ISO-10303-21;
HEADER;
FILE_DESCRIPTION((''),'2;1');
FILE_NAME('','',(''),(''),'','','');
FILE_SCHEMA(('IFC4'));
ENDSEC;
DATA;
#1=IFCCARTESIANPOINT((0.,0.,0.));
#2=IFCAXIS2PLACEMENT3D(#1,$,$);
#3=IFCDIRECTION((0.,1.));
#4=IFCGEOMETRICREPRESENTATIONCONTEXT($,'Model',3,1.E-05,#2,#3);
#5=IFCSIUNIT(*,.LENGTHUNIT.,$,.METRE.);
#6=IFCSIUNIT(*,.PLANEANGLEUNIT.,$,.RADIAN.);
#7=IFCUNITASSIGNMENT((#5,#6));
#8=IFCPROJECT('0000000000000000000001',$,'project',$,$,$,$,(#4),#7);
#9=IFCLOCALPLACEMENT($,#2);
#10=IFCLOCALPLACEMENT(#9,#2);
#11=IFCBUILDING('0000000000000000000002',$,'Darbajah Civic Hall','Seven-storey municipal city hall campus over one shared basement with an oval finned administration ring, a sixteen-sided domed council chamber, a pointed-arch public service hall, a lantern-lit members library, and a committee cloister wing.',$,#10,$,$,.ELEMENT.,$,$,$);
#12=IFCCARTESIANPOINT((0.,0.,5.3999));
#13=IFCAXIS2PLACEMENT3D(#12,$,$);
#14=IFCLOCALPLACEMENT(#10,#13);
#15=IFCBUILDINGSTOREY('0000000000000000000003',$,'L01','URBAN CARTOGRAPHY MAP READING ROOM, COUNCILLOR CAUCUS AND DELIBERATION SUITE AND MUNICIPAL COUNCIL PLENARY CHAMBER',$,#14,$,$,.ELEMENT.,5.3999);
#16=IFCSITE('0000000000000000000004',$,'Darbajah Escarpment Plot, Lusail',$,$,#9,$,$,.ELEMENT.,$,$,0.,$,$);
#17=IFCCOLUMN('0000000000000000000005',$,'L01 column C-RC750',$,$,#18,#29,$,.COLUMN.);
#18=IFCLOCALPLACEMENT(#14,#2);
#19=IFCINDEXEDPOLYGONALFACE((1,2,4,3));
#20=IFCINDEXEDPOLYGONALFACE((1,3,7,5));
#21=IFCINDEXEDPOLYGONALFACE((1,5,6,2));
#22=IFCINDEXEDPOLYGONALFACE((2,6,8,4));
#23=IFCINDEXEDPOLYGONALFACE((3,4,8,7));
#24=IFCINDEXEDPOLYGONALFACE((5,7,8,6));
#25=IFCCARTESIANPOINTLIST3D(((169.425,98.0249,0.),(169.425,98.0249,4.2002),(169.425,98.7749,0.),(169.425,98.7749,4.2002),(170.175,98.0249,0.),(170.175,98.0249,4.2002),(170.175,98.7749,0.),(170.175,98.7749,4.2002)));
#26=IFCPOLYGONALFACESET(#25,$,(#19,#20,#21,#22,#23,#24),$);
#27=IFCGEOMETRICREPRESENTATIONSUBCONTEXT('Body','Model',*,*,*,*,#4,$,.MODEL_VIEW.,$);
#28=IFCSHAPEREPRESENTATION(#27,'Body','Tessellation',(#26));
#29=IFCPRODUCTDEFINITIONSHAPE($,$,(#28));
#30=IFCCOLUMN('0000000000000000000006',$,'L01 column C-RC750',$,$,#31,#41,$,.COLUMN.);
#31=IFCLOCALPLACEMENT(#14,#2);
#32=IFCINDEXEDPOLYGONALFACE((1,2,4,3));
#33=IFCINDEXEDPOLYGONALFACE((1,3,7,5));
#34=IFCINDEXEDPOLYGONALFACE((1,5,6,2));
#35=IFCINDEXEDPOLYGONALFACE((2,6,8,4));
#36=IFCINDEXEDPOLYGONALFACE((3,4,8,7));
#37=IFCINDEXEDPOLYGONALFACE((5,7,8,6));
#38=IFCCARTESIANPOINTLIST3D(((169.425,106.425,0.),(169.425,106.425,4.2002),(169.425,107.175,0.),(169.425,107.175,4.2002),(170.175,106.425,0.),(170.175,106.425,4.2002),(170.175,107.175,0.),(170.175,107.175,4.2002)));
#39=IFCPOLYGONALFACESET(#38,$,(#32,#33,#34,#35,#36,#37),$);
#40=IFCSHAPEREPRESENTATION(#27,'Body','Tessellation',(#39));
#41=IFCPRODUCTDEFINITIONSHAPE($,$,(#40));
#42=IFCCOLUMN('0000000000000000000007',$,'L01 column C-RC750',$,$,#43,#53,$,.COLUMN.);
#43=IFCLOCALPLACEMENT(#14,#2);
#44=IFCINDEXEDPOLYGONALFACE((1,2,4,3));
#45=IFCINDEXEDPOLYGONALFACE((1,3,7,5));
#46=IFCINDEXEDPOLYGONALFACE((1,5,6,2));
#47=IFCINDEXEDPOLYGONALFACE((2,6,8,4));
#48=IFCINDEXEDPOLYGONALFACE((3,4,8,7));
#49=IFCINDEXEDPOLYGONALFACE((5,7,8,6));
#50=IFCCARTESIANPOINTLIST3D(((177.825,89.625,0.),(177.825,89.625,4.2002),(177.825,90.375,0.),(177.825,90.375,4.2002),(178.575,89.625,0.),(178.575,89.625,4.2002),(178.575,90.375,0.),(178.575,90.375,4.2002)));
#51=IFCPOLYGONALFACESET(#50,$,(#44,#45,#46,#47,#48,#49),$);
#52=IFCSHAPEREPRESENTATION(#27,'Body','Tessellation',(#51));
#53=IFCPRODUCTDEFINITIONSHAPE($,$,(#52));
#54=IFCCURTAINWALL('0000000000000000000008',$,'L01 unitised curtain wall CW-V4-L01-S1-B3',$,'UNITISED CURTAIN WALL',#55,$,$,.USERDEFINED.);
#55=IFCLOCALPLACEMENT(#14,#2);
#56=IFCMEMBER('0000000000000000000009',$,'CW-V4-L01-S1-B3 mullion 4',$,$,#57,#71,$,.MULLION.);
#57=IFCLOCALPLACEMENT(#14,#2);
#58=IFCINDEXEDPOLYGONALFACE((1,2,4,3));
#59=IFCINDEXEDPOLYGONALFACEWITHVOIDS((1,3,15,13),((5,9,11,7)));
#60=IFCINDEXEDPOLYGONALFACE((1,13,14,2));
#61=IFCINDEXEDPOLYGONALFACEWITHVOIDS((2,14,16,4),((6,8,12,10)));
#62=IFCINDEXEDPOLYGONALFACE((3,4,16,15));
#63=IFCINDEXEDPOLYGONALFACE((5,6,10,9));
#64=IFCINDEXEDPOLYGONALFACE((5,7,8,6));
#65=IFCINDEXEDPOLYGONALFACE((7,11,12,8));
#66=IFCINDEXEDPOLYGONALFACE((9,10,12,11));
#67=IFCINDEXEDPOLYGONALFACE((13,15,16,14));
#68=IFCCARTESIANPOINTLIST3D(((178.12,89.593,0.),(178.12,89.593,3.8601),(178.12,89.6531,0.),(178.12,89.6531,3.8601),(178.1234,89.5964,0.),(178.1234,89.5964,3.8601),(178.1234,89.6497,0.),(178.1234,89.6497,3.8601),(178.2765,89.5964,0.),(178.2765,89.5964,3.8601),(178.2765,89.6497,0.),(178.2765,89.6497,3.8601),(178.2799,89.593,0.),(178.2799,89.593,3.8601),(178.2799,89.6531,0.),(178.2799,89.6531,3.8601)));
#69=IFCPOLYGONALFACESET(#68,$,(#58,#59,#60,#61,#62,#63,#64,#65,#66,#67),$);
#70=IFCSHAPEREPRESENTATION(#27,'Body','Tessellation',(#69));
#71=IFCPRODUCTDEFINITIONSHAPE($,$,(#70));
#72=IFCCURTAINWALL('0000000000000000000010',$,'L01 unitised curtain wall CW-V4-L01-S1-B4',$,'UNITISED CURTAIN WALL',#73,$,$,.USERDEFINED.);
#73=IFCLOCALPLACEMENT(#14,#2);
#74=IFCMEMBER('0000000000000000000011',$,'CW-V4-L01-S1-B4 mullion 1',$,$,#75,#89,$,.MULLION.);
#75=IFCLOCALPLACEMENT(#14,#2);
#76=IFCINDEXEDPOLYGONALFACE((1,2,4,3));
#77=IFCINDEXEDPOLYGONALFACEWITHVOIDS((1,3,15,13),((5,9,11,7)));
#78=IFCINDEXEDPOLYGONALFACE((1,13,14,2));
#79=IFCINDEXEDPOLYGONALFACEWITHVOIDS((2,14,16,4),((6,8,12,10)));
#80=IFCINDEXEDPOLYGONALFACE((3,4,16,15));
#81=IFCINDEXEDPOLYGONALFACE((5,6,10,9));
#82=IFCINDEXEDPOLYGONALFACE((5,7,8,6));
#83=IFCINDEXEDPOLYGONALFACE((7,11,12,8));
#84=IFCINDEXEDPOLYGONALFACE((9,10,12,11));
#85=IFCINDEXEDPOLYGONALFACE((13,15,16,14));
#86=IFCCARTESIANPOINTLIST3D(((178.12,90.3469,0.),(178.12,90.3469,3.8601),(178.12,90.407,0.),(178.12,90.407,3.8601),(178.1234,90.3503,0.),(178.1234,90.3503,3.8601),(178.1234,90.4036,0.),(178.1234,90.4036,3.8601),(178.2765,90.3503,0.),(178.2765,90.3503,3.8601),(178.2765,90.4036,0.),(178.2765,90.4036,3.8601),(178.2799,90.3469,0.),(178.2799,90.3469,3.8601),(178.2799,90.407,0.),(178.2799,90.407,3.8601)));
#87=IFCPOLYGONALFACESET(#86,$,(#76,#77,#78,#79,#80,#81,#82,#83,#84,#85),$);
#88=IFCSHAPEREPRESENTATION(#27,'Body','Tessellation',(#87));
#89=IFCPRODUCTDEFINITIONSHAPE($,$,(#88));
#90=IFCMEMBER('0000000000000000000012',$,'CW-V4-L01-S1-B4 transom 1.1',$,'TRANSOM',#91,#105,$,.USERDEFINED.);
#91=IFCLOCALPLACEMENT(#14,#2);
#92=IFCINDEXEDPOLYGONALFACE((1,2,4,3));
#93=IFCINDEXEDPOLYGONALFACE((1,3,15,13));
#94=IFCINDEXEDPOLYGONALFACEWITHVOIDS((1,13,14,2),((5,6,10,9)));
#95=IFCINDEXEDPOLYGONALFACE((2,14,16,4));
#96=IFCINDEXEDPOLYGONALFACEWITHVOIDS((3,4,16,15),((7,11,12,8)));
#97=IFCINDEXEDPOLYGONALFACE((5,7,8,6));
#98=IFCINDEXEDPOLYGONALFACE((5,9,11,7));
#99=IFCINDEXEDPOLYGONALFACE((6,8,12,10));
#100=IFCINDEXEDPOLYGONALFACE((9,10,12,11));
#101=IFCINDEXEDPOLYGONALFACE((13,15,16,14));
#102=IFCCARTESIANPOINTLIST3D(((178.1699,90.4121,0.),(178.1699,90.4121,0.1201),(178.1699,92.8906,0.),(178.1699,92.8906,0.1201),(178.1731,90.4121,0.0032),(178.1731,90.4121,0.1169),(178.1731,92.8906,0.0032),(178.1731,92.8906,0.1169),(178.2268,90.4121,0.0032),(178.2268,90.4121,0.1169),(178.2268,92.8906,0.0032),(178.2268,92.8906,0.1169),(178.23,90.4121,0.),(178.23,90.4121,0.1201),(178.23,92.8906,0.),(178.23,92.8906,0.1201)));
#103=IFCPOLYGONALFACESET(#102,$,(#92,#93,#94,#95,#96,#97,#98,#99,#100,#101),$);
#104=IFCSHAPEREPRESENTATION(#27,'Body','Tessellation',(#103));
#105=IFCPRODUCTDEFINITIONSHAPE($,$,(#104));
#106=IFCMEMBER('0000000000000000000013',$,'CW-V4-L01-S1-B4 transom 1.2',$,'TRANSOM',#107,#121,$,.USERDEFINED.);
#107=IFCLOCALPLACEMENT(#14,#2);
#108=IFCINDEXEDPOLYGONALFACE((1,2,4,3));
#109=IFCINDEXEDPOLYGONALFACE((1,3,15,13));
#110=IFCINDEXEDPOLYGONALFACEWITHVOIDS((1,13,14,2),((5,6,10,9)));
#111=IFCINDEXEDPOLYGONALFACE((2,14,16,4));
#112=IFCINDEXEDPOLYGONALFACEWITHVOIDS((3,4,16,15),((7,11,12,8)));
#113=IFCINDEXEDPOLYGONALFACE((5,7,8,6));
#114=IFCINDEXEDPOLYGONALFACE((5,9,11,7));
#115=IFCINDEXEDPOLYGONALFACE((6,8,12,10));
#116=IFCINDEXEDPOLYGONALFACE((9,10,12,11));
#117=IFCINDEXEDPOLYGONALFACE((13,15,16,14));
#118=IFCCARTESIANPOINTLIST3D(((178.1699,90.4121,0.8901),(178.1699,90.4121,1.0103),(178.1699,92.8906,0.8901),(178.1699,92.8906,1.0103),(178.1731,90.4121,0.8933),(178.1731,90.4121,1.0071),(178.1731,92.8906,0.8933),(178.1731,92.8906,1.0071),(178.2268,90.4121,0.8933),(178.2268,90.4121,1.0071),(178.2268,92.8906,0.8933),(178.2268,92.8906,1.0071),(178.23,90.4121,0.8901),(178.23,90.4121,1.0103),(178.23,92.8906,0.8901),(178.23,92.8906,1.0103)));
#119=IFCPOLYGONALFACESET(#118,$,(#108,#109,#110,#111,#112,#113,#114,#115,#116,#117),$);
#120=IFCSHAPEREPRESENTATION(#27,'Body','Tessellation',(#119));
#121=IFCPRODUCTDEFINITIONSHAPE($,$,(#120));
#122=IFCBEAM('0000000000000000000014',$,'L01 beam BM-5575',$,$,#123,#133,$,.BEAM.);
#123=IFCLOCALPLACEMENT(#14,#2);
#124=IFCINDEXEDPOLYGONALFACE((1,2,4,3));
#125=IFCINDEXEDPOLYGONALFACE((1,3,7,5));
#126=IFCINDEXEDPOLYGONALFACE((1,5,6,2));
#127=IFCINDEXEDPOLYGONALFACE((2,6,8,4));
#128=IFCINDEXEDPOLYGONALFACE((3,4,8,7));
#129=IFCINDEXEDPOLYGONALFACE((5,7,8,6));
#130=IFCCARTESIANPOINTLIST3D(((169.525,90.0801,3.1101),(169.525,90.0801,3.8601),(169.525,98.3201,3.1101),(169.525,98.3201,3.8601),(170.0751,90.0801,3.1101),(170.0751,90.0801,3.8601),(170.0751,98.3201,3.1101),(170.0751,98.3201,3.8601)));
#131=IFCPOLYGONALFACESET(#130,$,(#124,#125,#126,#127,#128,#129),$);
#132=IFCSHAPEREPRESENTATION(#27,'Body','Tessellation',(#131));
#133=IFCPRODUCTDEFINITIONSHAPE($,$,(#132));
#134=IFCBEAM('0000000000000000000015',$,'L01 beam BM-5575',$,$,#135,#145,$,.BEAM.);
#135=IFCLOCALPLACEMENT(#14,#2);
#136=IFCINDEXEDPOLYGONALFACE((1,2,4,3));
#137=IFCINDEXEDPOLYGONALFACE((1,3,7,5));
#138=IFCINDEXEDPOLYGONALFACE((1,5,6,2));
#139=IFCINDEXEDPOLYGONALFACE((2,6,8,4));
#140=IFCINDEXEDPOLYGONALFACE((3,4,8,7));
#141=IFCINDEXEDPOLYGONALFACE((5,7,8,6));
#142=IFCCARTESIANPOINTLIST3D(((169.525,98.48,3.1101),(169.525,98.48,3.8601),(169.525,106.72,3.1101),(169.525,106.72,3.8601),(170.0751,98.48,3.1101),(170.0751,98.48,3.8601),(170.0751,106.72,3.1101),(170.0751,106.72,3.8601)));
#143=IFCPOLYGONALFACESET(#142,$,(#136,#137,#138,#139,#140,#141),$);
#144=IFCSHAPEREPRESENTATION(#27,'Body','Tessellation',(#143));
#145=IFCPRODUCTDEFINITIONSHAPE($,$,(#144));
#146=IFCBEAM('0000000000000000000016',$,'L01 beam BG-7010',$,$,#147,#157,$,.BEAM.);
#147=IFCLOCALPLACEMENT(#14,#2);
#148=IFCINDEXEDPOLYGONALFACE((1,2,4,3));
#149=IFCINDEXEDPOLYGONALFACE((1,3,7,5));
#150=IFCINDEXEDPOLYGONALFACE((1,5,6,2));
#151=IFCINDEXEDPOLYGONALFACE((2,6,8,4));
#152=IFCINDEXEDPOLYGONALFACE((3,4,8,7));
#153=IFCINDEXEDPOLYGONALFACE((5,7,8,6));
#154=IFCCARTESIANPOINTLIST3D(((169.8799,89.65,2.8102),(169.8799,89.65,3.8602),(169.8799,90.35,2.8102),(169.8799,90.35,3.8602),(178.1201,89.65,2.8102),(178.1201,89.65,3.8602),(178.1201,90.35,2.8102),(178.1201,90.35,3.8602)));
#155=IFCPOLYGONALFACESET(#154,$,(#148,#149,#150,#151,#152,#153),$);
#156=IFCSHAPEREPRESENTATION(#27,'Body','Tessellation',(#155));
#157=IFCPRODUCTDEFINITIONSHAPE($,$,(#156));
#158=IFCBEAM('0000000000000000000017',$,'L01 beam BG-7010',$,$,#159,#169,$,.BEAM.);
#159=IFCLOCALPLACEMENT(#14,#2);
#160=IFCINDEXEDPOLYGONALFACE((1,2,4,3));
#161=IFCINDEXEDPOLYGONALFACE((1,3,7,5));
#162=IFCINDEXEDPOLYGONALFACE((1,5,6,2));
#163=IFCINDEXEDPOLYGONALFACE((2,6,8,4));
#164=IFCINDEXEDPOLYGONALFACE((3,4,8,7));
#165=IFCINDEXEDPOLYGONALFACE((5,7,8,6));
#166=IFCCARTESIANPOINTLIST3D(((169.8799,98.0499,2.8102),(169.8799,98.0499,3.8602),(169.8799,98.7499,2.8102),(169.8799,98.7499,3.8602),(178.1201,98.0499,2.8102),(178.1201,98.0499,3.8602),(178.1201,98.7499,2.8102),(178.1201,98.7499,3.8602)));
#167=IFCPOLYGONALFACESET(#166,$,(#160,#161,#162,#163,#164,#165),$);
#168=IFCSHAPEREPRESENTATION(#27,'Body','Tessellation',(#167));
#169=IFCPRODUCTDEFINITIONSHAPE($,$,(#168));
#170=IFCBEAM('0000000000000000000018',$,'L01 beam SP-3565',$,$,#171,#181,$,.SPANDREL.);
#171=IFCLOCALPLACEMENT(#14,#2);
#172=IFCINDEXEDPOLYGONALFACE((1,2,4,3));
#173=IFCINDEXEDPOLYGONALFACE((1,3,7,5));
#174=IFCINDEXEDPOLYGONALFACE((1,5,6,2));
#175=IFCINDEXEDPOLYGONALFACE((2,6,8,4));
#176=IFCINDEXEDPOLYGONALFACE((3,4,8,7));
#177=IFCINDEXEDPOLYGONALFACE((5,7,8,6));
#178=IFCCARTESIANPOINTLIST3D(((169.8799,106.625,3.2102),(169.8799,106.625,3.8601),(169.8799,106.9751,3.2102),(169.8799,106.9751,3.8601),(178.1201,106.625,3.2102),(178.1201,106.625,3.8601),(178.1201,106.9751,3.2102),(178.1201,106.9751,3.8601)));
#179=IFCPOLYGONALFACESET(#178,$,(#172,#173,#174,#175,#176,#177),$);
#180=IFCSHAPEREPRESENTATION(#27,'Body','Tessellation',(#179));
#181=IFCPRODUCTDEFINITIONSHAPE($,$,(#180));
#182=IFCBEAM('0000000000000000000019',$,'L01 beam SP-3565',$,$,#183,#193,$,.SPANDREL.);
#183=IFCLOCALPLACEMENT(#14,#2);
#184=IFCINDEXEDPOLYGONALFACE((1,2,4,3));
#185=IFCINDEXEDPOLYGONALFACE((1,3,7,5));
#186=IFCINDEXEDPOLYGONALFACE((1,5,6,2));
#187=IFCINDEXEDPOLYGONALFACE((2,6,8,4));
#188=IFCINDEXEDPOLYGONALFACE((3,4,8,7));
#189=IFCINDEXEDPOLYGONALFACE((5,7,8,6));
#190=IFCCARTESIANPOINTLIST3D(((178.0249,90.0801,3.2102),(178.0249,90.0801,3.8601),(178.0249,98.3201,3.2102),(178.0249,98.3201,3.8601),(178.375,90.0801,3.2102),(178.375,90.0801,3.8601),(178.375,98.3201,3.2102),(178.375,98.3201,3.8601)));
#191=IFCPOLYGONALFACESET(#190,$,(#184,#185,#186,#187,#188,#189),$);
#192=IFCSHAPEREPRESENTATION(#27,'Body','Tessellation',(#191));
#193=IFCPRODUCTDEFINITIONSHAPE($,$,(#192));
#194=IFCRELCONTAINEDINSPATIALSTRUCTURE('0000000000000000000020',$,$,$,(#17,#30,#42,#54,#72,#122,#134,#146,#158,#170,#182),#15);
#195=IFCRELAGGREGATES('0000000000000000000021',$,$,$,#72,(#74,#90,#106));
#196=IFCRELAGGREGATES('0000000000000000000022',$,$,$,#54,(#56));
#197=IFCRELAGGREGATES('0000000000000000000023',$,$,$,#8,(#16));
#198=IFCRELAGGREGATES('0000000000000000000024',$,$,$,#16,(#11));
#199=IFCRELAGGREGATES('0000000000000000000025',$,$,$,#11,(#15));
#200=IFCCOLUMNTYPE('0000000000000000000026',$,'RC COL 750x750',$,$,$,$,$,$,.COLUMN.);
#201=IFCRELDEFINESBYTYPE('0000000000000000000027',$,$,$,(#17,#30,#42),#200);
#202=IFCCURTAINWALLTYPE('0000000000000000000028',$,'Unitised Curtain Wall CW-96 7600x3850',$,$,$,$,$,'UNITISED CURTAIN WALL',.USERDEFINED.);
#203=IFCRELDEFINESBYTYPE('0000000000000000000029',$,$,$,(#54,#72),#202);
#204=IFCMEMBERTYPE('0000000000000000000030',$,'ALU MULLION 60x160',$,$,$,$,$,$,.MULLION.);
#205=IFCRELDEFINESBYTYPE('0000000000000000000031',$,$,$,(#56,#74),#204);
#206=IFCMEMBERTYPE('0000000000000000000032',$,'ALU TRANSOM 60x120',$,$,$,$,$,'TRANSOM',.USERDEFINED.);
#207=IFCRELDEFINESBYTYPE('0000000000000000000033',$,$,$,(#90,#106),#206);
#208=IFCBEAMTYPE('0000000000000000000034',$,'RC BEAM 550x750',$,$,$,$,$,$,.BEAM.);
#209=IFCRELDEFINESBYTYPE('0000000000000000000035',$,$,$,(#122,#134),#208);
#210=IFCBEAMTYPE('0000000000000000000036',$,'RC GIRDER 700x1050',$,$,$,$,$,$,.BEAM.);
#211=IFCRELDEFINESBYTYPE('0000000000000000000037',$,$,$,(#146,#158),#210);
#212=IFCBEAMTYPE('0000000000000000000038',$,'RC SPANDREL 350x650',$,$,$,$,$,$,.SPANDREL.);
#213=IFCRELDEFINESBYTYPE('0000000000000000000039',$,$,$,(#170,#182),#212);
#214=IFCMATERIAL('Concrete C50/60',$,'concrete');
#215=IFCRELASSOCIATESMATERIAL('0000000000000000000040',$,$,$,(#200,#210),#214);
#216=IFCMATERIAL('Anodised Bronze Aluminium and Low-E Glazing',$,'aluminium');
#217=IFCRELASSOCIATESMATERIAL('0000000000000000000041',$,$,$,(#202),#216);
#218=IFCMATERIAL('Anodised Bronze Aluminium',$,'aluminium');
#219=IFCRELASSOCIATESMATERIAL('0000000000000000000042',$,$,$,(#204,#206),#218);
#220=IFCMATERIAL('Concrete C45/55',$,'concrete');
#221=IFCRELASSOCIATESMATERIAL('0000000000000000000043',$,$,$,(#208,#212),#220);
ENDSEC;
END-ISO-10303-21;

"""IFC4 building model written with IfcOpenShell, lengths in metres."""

from ifc_helpers import new_model, si_unit, direction, frame, origin, origin_2d, place, context, subcontext, project, spatial, rectangle, hollow_rectangle, extrude, material, material_profile, profile_set, type_object, element, aggregate, save


model = new_model("IFC4")

# Units and contexts
model_context = context("Model", 3, precision=1e-05, world=origin(), true_north=direction((0.0, 1.0)))
body_context = subcontext(model_context, "Body", "Model", "MODEL_VIEW")
ifc_project = project(units=[si_unit("LENGTHUNIT", "METRE"), si_unit("PLANEANGLEUNIT", "RADIAN")], contexts=[model_context])

# Site, building, storey
site_placement = place(None, origin())
site = spatial("IfcSite", under=ifc_project, at=site_placement, Name="Darbajah Escarpment Plot, Lusail", CompositionType="ELEMENT", RefElevation=0.0)
building_placement = place(site_placement, origin())
building = spatial("IfcBuilding", under=site, at=building_placement, Name="Darbajah Civic Hall", Description="Seven-storey municipal city hall campus over one shared basement with an oval finned administration ring, a sixteen-sided domed council chamber, a pointed-arch public service hall, a lantern-lit members library, and a committee cloister wing.", CompositionType="ELEMENT")
storey_placement = place(building_placement, frame((0.0, 0.0, 5.3999)))
storey = spatial("IfcBuildingStorey", under=building, at=storey_placement, Name="L01", Description="URBAN CARTOGRAPHY MAP READING ROOM, COUNCILLOR CAUCUS AND DELIBERATION SUITE AND MUNICIPAL COUNCIL PLENARY CHAMBER", CompositionType="ELEMENT", Elevation=5.3999)

# Columns
ifc_material_1 = material(Name="Concrete C50/60", Category="concrete")
ifc_material_profile_1 = material_profile(ifc_material_1, rectangle(XDim=0.75, YDim=0.75, at=origin_2d()), Name="RC COL 750x750")
ifc_profile_set_1 = profile_set([ifc_material_profile_1], Name="Concrete C50/60")
column_type = type_object("IfcColumnType", Name="RC COL 750x750", PredefinedType="COLUMN", material=ifc_profile_set_1)
for number, where, z_axis, x_axis, name in (
    (1, (169.8, 98.3999, 0.0), (0.0, 0.0, 1.0), (1.0, 0.0, 0.0), "L01 column C-RC750"),
    (2, (169.8, 106.8, 0.0), (0.0, 0.0, 1.0), (1.0, 0.0, 0.0), "L01 column C-RC750"),
    (3, (178.2, 90.0, 0.0), (0.0, 0.0, 1.0), (1.0, 0.0, 0.0), "L01 column C-RC750"),
):
    element("IfcColumn", number, at=place(storey_placement, frame(where, z_axis=z_axis, x_axis=x_axis)), inside=storey, type_object=column_type, Name=name, PredefinedType="COLUMN", context=body_context, shape_type="SweptSolid", body=[
        extrude(rectangle(XDim=0.75, YDim=0.75, at=origin_2d()), origin(), (0.0, 0.0, 1.0), 4.2002),
    ])

# Curtain wall, member
ifc_material_2 = material(Name="Anodised Bronze Aluminium and Low-E Glazing", Category="aluminium")
curtain_wall_type = type_object("IfcCurtainWallType", Name="Unitised Curtain Wall CW-96 7600x3850", ElementType="UNITISED CURTAIN WALL", PredefinedType="USERDEFINED", material=ifc_material_2)
curtain_wall_1_placement = place(storey_placement, origin())
curtain_wall_1 = element("IfcCurtainWall", 4, at=curtain_wall_1_placement, inside=storey, type_object=curtain_wall_type, Name="L01 unitised curtain wall CW-V4-L01-S1-B3", ObjectType="UNITISED CURTAIN WALL", PredefinedType="USERDEFINED")
ifc_material_3 = material(Name="Anodised Bronze Aluminium", Category="aluminium")
ifc_material_profile_2 = material_profile(ifc_material_3, hollow_rectangle(XDim=0.0601, YDim=0.1599, WallThickness=0.0034, at=origin_2d()), Name="ALU MULLION 60x160")
ifc_profile_set_2 = profile_set([ifc_material_profile_2], Name="Anodised Bronze Aluminium")
member_type_1 = type_object("IfcMemberType", Name="ALU MULLION 60x160", PredefinedType="MULLION", material=ifc_profile_set_2)
member_1_placement = place(storey_placement, frame((178.2, 89.623, 0.0), z_axis=(0.0, 0.0, 1.0), x_axis=(0.0, 1.0, 0.0)))
member_1 = element("IfcMember", 5, at=member_1_placement, type_object=member_type_1, Name="CW-V4-L01-S1-B3 mullion 4", PredefinedType="MULLION", context=body_context, shape_type="SweptSolid", body=[
    extrude(hollow_rectangle(XDim=0.0601, YDim=0.1599, WallThickness=0.0034, at=origin_2d()), origin(), (0.0, 0.0, 1.0), 3.8601),
])

# Curtain wall, members
curtain_wall_2_placement = place(storey_placement, origin())
curtain_wall_2 = element("IfcCurtainWall", 6, at=curtain_wall_2_placement, inside=storey, type_object=curtain_wall_type, Name="L01 unitised curtain wall CW-V4-L01-S1-B4", ObjectType="UNITISED CURTAIN WALL", PredefinedType="USERDEFINED")
member_2_placement = place(storey_placement, frame((178.2, 90.377, 0.0), z_axis=(0.0, 0.0, 1.0), x_axis=(0.0, 1.0, 0.0)))
member_2 = element("IfcMember", 7, at=member_2_placement, type_object=member_type_1, Name="CW-V4-L01-S1-B4 mullion 1", PredefinedType="MULLION", context=body_context, shape_type="SweptSolid", body=[
    extrude(hollow_rectangle(XDim=0.0601, YDim=0.1599, WallThickness=0.0034, at=origin_2d()), origin(), (0.0, 0.0, 1.0), 3.8601),
])
ifc_material_profile_3 = material_profile(ifc_material_3, hollow_rectangle(XDim=0.0601, YDim=0.1201, WallThickness=0.0032, at=origin_2d()), Name="ALU TRANSOM 60x120")
ifc_profile_set_3 = profile_set([ifc_material_profile_3], Name="Anodised Bronze Aluminium")
member_type_2 = type_object("IfcMemberType", Name="ALU TRANSOM 60x120", ElementType="TRANSOM", PredefinedType="USERDEFINED", material=ifc_profile_set_3)
member_3_placement = place(storey_placement, frame((178.2, 90.4121, 0.0601), z_axis=(0.0, 1.0, 0.0), x_axis=(-1.0, 0.0, 0.0)))
member_3 = element("IfcMember", 8, at=member_3_placement, type_object=member_type_2, Name="CW-V4-L01-S1-B4 transom 1.1", ObjectType="TRANSOM", PredefinedType="USERDEFINED", context=body_context, shape_type="SweptSolid", body=[
    extrude(hollow_rectangle(XDim=0.0601, YDim=0.1201, WallThickness=0.0032, at=origin_2d()), origin(), (0.0, 0.0, 1.0), 2.4785),
])
member_4_placement = place(storey_placement, frame((178.2, 90.4121, 0.9502), z_axis=(0.0, 1.0, 0.0), x_axis=(-1.0, 0.0, 0.0)))
member_4 = element("IfcMember", 9, at=member_4_placement, type_object=member_type_2, Name="CW-V4-L01-S1-B4 transom 1.2", ObjectType="TRANSOM", PredefinedType="USERDEFINED", context=body_context, shape_type="SweptSolid", body=[
    extrude(hollow_rectangle(XDim=0.0601, YDim=0.1201, WallThickness=0.0032, at=origin_2d()), origin(), (0.0, 0.0, 1.0), 2.4785),
])
aggregate(curtain_wall_2, [member_2, member_3, member_4])

# Beams
ifc_material_4 = material(Name="Concrete C45/55", Category="concrete")
ifc_material_profile_4 = material_profile(ifc_material_4, rectangle(XDim=0.55, YDim=0.75, at=origin_2d()), Name="RC BEAM 550x750")
ifc_profile_set_4 = profile_set([ifc_material_profile_4], Name="Concrete C45/55")
beam_type_1 = type_object("IfcBeamType", Name="RC BEAM 550x750", PredefinedType="BEAM", material=ifc_profile_set_4)
for number, where, z_axis, x_axis, name in (
    (10, (169.8, 90.0801, 3.4851), (0.0, 1.0, 0.0), (-1.0, 0.0, 0.0), "L01 beam BM-5575"),
    (11, (169.8, 98.48, 3.4851), (0.0, 1.0, 0.0), (-1.0, 0.0, 0.0), "L01 beam BM-5575"),
):
    element("IfcBeam", number, at=place(storey_placement, frame(where, z_axis=z_axis, x_axis=x_axis)), inside=storey, type_object=beam_type_1, Name=name, PredefinedType="BEAM", context=body_context, shape_type="SweptSolid", body=[
        extrude(rectangle(XDim=0.55, YDim=0.75, at=origin_2d()), origin(), (0.0, 0.0, 1.0), 8.24),
    ])
ifc_material_profile_5 = material_profile(ifc_material_1, rectangle(XDim=0.7, YDim=1.05, at=origin_2d()), Name="RC GIRDER 700x1050")
ifc_profile_set_5 = profile_set([ifc_material_profile_5], Name="Concrete C50/60")
beam_type_2 = type_object("IfcBeamType", Name="RC GIRDER 700x1050", PredefinedType="BEAM", material=ifc_profile_set_5)
for number, where, z_axis, x_axis, name in (
    (12, (169.8799, 90.0, 3.3352), (1.0, 0.0, 0.0), (0.0, 1.0, 0.0), "L01 beam BG-7010"),
    (13, (169.8799, 98.3999, 3.3352), (1.0, 0.0, 0.0), (0.0, 1.0, 0.0), "L01 beam BG-7010"),
):
    element("IfcBeam", number, at=place(storey_placement, frame(where, z_axis=z_axis, x_axis=x_axis)), inside=storey, type_object=beam_type_2, Name=name, PredefinedType="BEAM", context=body_context, shape_type="SweptSolid", body=[
        extrude(rectangle(XDim=0.7, YDim=1.05, at=origin_2d()), origin(), (0.0, 0.0, 1.0), 8.2402),
    ])
ifc_material_profile_6 = material_profile(ifc_material_4, rectangle(XDim=0.3501, YDim=0.6499, at=origin_2d()), Name="RC SPANDREL 350x650")
ifc_profile_set_6 = profile_set([ifc_material_profile_6], Name="Concrete C45/55")
beam_type_3 = type_object("IfcBeamType", Name="RC SPANDREL 350x650", PredefinedType="SPANDREL", material=ifc_profile_set_6)
beam_1_placement = place(storey_placement, frame((169.8799, 106.8, 3.5352), z_axis=(1.0, 0.0, 0.0), x_axis=(0.0, 1.0, 0.0)))
element("IfcBeam", 14, at=beam_1_placement, inside=storey, type_object=beam_type_3, Name="L01 beam SP-3565", PredefinedType="SPANDREL", context=body_context, shape_type="SweptSolid", body=[
    extrude(rectangle(XDim=0.3501, YDim=0.6499, at=origin_2d()), origin(), (0.0, 0.0, 1.0), 8.2402),
])
beam_2_placement = place(storey_placement, frame((178.2, 90.0801, 3.5352), z_axis=(0.0, 1.0, 0.0), x_axis=(-1.0, 0.0, 0.0)))
element("IfcBeam", 15, at=beam_2_placement, inside=storey, type_object=beam_type_3, Name="L01 beam SP-3565", PredefinedType="SPANDREL", context=body_context, shape_type="SweptSolid", body=[
    extrude(rectangle(XDim=0.3501, YDim=0.6499, at=origin_2d()), origin(), (0.0, 0.0, 1.0), 8.24),
])

aggregate(curtain_wall_1, [member_1])

save(model, "model.ifc")
